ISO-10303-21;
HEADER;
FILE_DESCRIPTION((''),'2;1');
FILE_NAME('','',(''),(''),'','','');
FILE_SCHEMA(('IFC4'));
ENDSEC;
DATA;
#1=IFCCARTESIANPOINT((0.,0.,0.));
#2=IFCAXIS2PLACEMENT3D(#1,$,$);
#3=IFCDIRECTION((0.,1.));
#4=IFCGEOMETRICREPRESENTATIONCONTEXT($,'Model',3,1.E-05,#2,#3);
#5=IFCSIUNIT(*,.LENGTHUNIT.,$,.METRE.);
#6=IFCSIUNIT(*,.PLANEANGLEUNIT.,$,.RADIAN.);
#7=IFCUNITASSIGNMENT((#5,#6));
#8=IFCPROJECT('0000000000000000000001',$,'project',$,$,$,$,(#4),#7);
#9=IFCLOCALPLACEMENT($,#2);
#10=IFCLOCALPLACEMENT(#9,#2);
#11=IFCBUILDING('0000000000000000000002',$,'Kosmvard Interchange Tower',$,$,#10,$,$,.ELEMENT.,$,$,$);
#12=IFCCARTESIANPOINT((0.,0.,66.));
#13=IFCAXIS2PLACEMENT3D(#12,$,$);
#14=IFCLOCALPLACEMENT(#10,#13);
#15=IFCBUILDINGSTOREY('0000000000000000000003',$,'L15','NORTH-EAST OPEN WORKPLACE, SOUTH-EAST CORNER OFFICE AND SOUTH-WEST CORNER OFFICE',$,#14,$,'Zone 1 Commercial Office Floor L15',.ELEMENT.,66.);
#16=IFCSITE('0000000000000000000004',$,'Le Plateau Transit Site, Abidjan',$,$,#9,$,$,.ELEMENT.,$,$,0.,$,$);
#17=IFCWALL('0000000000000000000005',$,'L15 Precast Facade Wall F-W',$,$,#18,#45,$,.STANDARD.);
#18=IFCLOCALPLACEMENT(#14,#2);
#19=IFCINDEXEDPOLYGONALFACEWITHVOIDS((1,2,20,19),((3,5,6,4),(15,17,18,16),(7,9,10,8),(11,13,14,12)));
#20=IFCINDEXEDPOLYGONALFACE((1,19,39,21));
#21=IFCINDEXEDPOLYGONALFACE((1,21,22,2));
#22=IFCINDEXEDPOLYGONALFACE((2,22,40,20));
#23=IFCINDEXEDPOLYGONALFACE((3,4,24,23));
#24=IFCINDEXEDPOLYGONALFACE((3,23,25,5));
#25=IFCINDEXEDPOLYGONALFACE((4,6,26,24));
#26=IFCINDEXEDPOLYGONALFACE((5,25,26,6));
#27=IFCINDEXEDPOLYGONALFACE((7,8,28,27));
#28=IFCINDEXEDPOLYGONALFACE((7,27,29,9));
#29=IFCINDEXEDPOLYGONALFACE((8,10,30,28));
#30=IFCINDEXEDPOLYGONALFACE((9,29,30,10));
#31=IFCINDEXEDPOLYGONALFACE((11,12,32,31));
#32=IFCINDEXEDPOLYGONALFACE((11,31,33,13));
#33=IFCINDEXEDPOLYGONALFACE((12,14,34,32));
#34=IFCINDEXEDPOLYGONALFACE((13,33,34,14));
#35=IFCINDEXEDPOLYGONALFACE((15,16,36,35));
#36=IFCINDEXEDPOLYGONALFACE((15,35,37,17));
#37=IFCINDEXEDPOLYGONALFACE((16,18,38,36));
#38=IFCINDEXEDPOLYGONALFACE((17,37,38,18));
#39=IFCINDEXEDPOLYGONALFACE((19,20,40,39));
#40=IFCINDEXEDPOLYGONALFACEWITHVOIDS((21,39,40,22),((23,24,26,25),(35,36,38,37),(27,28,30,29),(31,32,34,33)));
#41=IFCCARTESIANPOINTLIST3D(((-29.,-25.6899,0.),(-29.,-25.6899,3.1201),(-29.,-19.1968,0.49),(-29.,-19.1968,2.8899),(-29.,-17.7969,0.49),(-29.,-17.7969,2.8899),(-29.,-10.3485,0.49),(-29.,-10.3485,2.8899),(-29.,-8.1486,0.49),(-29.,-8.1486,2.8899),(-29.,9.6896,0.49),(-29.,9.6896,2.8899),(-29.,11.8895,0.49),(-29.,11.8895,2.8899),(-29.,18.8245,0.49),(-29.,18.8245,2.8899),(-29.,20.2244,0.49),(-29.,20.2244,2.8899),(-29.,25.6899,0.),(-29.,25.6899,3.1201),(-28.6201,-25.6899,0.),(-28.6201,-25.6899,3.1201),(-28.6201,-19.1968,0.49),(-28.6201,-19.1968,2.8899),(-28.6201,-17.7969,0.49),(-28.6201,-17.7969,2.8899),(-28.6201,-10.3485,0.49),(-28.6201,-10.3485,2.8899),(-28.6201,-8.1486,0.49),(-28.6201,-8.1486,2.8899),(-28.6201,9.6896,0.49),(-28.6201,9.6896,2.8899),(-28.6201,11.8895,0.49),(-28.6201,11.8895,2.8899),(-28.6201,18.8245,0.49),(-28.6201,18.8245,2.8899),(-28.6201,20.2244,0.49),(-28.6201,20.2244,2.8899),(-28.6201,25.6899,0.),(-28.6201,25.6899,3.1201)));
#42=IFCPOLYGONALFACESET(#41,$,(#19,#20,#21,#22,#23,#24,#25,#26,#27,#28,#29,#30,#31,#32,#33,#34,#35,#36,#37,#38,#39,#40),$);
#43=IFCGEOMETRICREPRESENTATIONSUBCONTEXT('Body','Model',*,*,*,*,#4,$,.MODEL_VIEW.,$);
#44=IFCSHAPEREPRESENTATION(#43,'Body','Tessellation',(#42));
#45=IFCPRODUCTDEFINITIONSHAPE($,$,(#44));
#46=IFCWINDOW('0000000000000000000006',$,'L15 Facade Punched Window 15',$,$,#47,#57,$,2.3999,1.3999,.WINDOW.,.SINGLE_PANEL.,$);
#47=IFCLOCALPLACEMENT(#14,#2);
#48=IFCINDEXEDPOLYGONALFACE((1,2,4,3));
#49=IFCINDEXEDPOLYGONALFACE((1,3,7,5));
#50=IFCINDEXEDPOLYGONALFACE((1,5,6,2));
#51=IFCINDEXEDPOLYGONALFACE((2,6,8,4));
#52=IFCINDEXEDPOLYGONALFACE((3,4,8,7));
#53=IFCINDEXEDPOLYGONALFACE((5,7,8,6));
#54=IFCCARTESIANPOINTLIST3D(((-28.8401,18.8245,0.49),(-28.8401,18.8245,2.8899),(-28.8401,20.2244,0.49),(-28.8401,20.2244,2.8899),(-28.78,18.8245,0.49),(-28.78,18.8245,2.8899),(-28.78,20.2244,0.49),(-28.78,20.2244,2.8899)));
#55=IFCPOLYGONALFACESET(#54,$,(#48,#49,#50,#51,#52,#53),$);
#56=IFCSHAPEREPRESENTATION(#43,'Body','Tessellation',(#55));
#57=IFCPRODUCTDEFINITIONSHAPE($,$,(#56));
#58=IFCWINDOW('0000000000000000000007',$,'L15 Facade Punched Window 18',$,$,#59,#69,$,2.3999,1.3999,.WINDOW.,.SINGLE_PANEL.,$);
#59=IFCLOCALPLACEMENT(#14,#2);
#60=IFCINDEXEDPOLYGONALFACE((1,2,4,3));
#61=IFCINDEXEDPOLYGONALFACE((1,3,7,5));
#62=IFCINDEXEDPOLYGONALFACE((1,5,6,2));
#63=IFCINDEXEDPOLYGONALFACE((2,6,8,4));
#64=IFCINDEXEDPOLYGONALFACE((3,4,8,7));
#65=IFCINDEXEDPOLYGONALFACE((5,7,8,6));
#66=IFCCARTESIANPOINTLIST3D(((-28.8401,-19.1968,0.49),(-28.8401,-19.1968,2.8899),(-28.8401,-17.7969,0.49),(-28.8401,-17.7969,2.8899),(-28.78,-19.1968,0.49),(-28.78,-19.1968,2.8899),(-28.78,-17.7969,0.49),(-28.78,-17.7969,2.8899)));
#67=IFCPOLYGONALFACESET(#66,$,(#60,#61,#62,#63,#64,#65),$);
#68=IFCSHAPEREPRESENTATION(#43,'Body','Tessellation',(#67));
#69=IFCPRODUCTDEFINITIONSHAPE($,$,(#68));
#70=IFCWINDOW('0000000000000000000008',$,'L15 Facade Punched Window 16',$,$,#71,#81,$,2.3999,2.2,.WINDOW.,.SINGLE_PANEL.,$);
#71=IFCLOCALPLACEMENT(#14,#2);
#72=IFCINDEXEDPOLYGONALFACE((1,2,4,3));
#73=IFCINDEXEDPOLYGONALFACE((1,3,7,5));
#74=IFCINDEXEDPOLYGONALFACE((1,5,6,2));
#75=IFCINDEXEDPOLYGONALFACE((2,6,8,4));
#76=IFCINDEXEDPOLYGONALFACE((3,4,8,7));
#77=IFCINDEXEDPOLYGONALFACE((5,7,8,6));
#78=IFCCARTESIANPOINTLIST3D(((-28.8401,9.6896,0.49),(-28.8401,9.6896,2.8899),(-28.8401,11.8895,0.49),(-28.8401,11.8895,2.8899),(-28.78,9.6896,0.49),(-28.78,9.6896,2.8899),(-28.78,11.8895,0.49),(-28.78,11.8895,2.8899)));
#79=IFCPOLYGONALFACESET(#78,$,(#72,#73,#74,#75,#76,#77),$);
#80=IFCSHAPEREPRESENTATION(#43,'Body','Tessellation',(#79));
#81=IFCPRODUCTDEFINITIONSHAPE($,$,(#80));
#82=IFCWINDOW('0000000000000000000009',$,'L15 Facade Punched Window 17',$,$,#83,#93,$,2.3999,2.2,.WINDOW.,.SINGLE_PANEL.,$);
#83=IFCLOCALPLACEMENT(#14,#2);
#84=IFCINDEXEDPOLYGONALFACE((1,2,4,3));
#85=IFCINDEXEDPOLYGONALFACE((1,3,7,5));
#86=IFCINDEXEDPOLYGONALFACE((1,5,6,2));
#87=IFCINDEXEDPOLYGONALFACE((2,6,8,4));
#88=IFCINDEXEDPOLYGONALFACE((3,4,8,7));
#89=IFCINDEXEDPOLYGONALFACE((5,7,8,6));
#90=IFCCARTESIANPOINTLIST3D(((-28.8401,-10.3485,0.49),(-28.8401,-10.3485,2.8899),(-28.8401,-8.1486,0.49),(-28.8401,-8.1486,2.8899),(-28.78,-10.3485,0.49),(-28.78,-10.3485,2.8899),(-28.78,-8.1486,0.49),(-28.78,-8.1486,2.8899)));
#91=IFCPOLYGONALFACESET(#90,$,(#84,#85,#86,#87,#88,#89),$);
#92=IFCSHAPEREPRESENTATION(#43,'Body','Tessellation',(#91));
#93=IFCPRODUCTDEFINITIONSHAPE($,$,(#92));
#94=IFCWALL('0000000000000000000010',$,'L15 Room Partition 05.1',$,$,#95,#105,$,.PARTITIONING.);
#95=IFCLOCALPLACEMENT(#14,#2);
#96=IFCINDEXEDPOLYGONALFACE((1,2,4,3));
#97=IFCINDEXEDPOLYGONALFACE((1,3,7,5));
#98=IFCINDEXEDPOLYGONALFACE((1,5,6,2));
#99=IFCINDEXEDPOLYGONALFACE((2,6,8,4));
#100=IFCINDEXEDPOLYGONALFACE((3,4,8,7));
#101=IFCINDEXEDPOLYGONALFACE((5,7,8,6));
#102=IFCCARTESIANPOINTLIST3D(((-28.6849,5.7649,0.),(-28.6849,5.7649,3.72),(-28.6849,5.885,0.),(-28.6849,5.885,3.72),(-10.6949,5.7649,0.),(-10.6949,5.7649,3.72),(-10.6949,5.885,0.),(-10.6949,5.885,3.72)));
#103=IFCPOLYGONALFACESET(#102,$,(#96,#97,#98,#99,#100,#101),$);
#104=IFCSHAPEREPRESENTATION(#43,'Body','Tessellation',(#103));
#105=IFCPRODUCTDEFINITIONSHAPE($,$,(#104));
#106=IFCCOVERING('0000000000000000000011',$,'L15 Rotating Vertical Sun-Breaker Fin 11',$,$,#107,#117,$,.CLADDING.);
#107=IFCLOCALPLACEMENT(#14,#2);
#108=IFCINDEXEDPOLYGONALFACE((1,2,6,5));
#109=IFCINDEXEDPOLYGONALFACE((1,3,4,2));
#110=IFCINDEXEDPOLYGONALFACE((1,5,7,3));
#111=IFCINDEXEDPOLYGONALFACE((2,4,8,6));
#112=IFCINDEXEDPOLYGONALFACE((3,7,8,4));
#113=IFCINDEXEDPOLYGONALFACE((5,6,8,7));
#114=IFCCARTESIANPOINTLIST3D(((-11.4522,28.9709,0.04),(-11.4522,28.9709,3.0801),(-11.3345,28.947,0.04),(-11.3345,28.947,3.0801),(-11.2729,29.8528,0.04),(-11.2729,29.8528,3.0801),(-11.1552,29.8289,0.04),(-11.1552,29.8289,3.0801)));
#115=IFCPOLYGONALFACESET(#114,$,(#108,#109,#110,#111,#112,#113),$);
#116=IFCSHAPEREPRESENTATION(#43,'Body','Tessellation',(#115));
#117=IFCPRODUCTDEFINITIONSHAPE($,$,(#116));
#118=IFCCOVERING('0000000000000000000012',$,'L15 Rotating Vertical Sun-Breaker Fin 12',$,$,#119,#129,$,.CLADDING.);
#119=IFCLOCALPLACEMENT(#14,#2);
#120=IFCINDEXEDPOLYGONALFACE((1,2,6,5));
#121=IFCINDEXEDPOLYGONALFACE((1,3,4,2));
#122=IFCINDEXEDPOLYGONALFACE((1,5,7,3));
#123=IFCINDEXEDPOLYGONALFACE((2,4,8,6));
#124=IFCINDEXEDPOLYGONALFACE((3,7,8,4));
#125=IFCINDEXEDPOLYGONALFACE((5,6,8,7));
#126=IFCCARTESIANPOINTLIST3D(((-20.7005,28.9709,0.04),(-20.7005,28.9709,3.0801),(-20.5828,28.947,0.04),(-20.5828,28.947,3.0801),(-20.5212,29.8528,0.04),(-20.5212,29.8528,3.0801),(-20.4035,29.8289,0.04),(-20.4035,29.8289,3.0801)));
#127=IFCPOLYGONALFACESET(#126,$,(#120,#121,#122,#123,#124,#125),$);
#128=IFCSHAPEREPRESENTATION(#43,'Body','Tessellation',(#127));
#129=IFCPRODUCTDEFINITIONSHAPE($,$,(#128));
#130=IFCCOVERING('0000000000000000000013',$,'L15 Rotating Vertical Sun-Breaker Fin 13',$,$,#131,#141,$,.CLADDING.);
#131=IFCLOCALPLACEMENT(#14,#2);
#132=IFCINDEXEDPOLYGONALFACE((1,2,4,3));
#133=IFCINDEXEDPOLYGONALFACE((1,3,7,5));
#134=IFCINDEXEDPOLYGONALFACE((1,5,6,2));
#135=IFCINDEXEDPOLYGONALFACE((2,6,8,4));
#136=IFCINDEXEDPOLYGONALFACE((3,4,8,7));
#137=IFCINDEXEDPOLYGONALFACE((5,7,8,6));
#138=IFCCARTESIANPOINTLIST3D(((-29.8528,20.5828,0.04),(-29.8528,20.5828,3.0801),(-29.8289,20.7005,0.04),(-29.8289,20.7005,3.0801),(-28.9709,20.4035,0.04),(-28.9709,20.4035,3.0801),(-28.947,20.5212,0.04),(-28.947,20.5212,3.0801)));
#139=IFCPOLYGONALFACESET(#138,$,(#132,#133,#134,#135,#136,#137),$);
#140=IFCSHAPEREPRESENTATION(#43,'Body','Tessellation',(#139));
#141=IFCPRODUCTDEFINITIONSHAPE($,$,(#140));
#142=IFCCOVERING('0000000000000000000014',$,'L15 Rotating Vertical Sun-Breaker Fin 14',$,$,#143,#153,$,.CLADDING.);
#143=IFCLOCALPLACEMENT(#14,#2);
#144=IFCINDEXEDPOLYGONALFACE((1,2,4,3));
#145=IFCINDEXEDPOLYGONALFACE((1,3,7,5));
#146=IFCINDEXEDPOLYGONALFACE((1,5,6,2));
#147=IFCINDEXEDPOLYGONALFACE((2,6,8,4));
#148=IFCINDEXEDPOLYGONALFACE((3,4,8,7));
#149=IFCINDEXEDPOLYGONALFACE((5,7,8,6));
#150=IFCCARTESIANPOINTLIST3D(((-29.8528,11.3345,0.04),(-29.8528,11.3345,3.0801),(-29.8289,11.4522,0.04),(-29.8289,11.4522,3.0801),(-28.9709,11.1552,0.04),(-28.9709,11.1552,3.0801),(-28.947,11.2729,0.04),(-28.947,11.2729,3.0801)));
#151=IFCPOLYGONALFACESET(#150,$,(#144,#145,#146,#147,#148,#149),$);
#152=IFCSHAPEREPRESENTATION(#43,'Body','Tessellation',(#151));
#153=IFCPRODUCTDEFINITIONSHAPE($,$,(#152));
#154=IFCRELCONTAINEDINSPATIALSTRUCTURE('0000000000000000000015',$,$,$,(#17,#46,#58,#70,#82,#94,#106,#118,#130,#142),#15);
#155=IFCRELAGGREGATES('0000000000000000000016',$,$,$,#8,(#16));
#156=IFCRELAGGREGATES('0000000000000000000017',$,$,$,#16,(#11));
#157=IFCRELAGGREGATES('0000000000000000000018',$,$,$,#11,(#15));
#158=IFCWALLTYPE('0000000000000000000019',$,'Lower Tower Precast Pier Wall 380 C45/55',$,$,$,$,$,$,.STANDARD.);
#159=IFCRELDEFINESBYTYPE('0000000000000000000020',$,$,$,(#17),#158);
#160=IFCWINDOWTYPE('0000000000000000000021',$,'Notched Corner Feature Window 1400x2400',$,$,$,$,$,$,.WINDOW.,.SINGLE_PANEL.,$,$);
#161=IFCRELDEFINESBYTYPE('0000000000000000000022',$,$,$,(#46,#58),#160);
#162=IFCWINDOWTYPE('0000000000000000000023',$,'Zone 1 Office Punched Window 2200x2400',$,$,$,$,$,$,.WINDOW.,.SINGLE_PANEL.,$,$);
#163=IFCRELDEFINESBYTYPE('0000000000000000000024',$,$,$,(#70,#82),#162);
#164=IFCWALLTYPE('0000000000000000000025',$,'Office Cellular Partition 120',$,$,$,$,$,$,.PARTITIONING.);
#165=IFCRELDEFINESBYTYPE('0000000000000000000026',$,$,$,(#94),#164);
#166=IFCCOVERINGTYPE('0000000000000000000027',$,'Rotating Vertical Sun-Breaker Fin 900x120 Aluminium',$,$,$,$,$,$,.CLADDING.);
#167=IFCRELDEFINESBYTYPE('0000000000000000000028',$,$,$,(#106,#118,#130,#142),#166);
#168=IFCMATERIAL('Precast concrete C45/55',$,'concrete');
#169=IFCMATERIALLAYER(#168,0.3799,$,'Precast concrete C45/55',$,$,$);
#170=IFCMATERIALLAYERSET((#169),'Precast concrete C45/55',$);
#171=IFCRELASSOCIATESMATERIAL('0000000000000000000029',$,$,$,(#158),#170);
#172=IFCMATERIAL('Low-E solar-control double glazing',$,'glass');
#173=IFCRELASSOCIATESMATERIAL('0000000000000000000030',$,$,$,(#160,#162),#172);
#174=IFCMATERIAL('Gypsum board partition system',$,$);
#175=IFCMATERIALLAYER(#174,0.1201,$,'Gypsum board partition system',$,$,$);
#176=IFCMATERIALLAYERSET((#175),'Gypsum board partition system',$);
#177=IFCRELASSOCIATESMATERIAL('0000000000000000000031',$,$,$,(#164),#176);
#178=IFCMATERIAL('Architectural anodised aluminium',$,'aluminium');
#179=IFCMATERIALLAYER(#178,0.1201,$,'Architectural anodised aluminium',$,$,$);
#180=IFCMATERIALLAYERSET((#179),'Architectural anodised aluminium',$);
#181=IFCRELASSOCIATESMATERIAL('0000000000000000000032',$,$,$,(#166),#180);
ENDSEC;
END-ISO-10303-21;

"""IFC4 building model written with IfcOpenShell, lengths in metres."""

from ifc_helpers import new_model, si_unit, direction, frame, frame_2d, origin, origin_2d, place, context, subcontext, project, spatial, rectangle, extrude, source, transform, mapped, material, layer, layer_set, type_object, element, fill, save


model = new_model("IFC4")

# Units and contexts
model_context = context("Model", 3, precision=1e-05, world=origin(), true_north=direction((0.0, 1.0)))
body_context = subcontext(model_context, "Body", "Model", "MODEL_VIEW")
ifc_project = project(units=[si_unit("LENGTHUNIT", "METRE"), si_unit("PLANEANGLEUNIT", "RADIAN")], contexts=[model_context])

# Site, building, storey
site_placement = place(None, origin())
site = spatial("IfcSite", under=ifc_project, at=site_placement, Name="Le Plateau Transit Site, Abidjan", CompositionType="ELEMENT", RefElevation=0.0)
building_placement = place(site_placement, origin())
building = spatial("IfcBuilding", under=site, at=building_placement, Name="Kosmvard Interchange Tower", CompositionType="ELEMENT")
storey_placement = place(building_placement, frame((0.0, 0.0, 66.0)))
storey = spatial("IfcBuildingStorey", under=building, at=storey_placement, Name="L15", Description="NORTH-EAST OPEN WORKPLACE, SOUTH-EAST CORNER OFFICE AND SOUTH-WEST CORNER OFFICE", LongName="Zone 1 Commercial Office Floor L15", CompositionType="ELEMENT", Elevation=66.0)

# Shared definitions
ifc_material_1 = material(Name="Precast concrete C45/55", Category="concrete")

# Shared definitions
ifc_layer_1 = layer(ifc_material_1, 0.3799, Name="Precast concrete C45/55")
ifc_layer_set_1 = layer_set([ifc_layer_1], Name="Precast concrete C45/55")
wall_type_1 = type_object("IfcWallType", Name="Lower Tower Precast Pier Wall 380 C45/55", PredefinedType="STANDARD", material=ifc_layer_set_1)

# Wall, openings, windows
wall_1_placement = place(storey_placement, frame((-28.8101, 25.6899, 0.0), z_axis=(0.0, 0.0, 1.0), x_axis=(0.0, -1.0, 0.0)))
wall_1 = element("IfcWall", 1, at=wall_1_placement, inside=storey, type_object=wall_type_1, Name="L15 Precast Facade Wall F-W", PredefinedType="STANDARD", context=body_context, shape_type="SweptSolid", body=[
    extrude(rectangle(XDim=51.3799, YDim=0.3799, at=frame_2d((25.6899, 0.0))), origin(), (0.0, 0.0, 1.0), 3.1201),
])
opening_1_placement = place(wall_1_placement, frame((5.4656, 0.0, 0.49)))
opening_1 = element("IfcOpeningElement", 2, at=opening_1_placement, cuts=wall_1, PredefinedType="OPENING", context=body_context, shape_type="SweptSolid", body=[
    extrude(rectangle(XDim=1.3999, YDim=2.3999, at=frame_2d((0.7, 1.2))), frame((0.0, 0.2, 0.0), z_axis=(0.0, -1.0, 0.0), x_axis=(1.0, 0.0, 0.0)), (0.0, 0.0, 1.0), 0.3999),
])
opening_2_placement = place(wall_1_placement, frame((13.8003, 0.0, 0.49)))
opening_2 = element("IfcOpeningElement", 3, at=opening_2_placement, cuts=wall_1, PredefinedType="OPENING", context=body_context, shape_type="SweptSolid", body=[
    extrude(rectangle(XDim=2.2, YDim=2.3999, at=frame_2d((1.1001, 1.2))), frame((0.0, 0.2, 0.0), z_axis=(0.0, -1.0, 0.0), x_axis=(1.0, 0.0, 0.0)), (0.0, 0.0, 1.0), 0.3999),
])
opening_3_placement = place(wall_1_placement, frame((33.8384, 0.0, 0.49)))
opening_3 = element("IfcOpeningElement", 4, at=opening_3_placement, cuts=wall_1, PredefinedType="OPENING", context=body_context, shape_type="SweptSolid", body=[
    extrude(rectangle(XDim=2.2, YDim=2.3999, at=frame_2d((1.1001, 1.2))), frame((0.0, 0.2, 0.0), z_axis=(0.0, -1.0, 0.0), x_axis=(1.0, 0.0, 0.0)), (0.0, 0.0, 1.0), 0.3999),
])
opening_4_placement = place(wall_1_placement, frame((43.4868, 0.0, 0.49)))
opening_4 = element("IfcOpeningElement", 5, at=opening_4_placement, cuts=wall_1, PredefinedType="OPENING", context=body_context, shape_type="SweptSolid", body=[
    extrude(rectangle(XDim=1.3999, YDim=2.3999, at=frame_2d((0.7, 1.2))), frame((0.0, 0.2, 0.0), z_axis=(0.0, -1.0, 0.0), x_axis=(1.0, 0.0, 0.0)), (0.0, 0.0, 1.0), 0.3999),
])
ifc_material_2 = material(Name="Low-E solar-control double glazing", Category="glass")
window_type_1 = type_object("IfcWindowType", Name="Notched Corner Feature Window 1400x2400", PartitioningType="SINGLE_PANEL", PredefinedType="WINDOW", material=ifc_material_2)
shared_shape_1 = source(origin(), body_context, "Body", "SweptSolid", [
    extrude(rectangle(XDim=1.3999, YDim=2.3999, at=frame_2d((0.7, 1.2))), frame((0.0, 0.03, 0.0), z_axis=(0.0, -1.0, 0.0), x_axis=(1.0, 0.0, 0.0)), (0.0, 0.0, 1.0), 0.0601),
])
window_1_placement = place(opening_1_placement, origin())
window_1 = element("IfcWindow", 6, at=window_1_placement, inside=storey, type_object=window_type_1, Name="L15 Facade Punched Window 15", OverallHeight=2.3999, OverallWidth=1.3999, PartitioningType="SINGLE_PANEL", PredefinedType="WINDOW", context=body_context, shape_type="MappedRepresentation", body=[
    mapped(shared_shape_1, transform((0.0, 0.0, 0.0), scale=1.0)),
])
fill(opening_1, window_1)
window_2_placement = place(opening_4_placement, origin())
window_2 = element("IfcWindow", 7, at=window_2_placement, inside=storey, type_object=window_type_1, Name="L15 Facade Punched Window 18", OverallHeight=2.3999, OverallWidth=1.3999, PartitioningType="SINGLE_PANEL", PredefinedType="WINDOW", context=body_context, shape_type="MappedRepresentation", body=[
    mapped(shared_shape_1, transform((0.0, 0.0, 0.0), scale=1.0)),
])
fill(opening_4, window_2)
window_type_2 = type_object("IfcWindowType", Name="Zone 1 Office Punched Window 2200x2400", PartitioningType="SINGLE_PANEL", PredefinedType="WINDOW", material=ifc_material_2)
shared_shape_2 = source(origin(), body_context, "Body", "SweptSolid", [
    extrude(rectangle(XDim=2.2, YDim=2.3999, at=frame_2d((1.1001, 1.2))), frame((0.0, 0.03, 0.0), z_axis=(0.0, -1.0, 0.0), x_axis=(1.0, 0.0, 0.0)), (0.0, 0.0, 1.0), 0.0601),
])
window_3_placement = place(opening_2_placement, origin())
window_3 = element("IfcWindow", 8, at=window_3_placement, inside=storey, type_object=window_type_2, Name="L15 Facade Punched Window 16", OverallHeight=2.3999, OverallWidth=2.2, PartitioningType="SINGLE_PANEL", PredefinedType="WINDOW", context=body_context, shape_type="MappedRepresentation", body=[
    mapped(shared_shape_2, transform((0.0, 0.0, 0.0), scale=1.0)),
])
fill(opening_2, window_3)
window_4_placement = place(opening_3_placement, origin())
window_4 = element("IfcWindow", 9, at=window_4_placement, inside=storey, type_object=window_type_2, Name="L15 Facade Punched Window 17", OverallHeight=2.3999, OverallWidth=2.2, PartitioningType="SINGLE_PANEL", PredefinedType="WINDOW", context=body_context, shape_type="MappedRepresentation", body=[
    mapped(shared_shape_2, transform((0.0, 0.0, 0.0), scale=1.0)),
])
fill(opening_3, window_4)

# Wall
ifc_material_3 = material(Name="Gypsum board partition system")
ifc_layer_2 = layer(ifc_material_3, 0.1201, Name="Gypsum board partition system")
ifc_layer_set_2 = layer_set([ifc_layer_2], Name="Gypsum board partition system")
wall_type_2 = type_object("IfcWallType", Name="Office Cellular Partition 120", PredefinedType="PARTITIONING", material=ifc_layer_set_2)
wall_2_placement = place(storey_placement, frame((-28.6851, 5.825, 0.0), z_axis=(0.0, 0.0, 1.0), x_axis=(1.0, 0.0, 0.0)))
element("IfcWall", 10, at=wall_2_placement, inside=storey, type_object=wall_type_2, Name="L15 Room Partition 05.1", PredefinedType="PARTITIONING", context=body_context, shape_type="SweptSolid", body=[
    extrude(rectangle(XDim=17.99, YDim=0.1201, at=frame_2d((8.9951, 0.0))), origin(), (0.0, 0.0, 1.0), 3.72),
])

# Coverings
ifc_material_4 = material(Name="Architectural anodised aluminium", Category="aluminium")
ifc_layer_3 = layer(ifc_material_4, 0.1201, Name="Architectural anodised aluminium")
ifc_layer_set_3 = layer_set([ifc_layer_3], Name="Architectural anodised aluminium")
covering_type = type_object("IfcCoveringType", Name="Rotating Vertical Sun-Breaker Fin 900x120 Aluminium", PredefinedType="CLADDING", material=ifc_layer_set_3)
shared_shape_3 = source(origin(), body_context, "Body", "SweptSolid", [
    extrude(rectangle(XDim=0.8999, YDim=0.1201, at=origin_2d()), origin(), (0.0, 0.0, 1.0), 3.04),
])
for number, where, z_axis, x_axis, name in (
    (11, (-11.3037, 29.3999, 0.04), (0.0, 0.0, 1.0), (0.199197, 0.979959, 0.0), "L15 Rotating Vertical Sun-Breaker Fin 11"),
    (12, (-20.552, 29.3999, 0.04), (0.0, 0.0, 1.0), (0.199197, 0.979959, 0.0), "L15 Rotating Vertical Sun-Breaker Fin 12"),
    (13, (-29.3999, 20.552, 0.04), (0.0, 0.0, 1.0), (-0.979959, 0.199197, 0.0), "L15 Rotating Vertical Sun-Breaker Fin 13"),
    (14, (-29.3999, 11.3037, 0.04), (0.0, 0.0, 1.0), (-0.979959, 0.199197, 0.0), "L15 Rotating Vertical Sun-Breaker Fin 14"),
):
    element("IfcCovering", number, at=place(storey_placement, frame(where, z_axis=z_axis, x_axis=x_axis)), inside=storey, type_object=covering_type, Name=name, PredefinedType="CLADDING", context=body_context, shape_type="MappedRepresentation", body=[
        mapped(shared_shape_3, transform((0.0, 0.0, 0.0), scale=1.0)),
    ])

save(model, "model.ifc")
